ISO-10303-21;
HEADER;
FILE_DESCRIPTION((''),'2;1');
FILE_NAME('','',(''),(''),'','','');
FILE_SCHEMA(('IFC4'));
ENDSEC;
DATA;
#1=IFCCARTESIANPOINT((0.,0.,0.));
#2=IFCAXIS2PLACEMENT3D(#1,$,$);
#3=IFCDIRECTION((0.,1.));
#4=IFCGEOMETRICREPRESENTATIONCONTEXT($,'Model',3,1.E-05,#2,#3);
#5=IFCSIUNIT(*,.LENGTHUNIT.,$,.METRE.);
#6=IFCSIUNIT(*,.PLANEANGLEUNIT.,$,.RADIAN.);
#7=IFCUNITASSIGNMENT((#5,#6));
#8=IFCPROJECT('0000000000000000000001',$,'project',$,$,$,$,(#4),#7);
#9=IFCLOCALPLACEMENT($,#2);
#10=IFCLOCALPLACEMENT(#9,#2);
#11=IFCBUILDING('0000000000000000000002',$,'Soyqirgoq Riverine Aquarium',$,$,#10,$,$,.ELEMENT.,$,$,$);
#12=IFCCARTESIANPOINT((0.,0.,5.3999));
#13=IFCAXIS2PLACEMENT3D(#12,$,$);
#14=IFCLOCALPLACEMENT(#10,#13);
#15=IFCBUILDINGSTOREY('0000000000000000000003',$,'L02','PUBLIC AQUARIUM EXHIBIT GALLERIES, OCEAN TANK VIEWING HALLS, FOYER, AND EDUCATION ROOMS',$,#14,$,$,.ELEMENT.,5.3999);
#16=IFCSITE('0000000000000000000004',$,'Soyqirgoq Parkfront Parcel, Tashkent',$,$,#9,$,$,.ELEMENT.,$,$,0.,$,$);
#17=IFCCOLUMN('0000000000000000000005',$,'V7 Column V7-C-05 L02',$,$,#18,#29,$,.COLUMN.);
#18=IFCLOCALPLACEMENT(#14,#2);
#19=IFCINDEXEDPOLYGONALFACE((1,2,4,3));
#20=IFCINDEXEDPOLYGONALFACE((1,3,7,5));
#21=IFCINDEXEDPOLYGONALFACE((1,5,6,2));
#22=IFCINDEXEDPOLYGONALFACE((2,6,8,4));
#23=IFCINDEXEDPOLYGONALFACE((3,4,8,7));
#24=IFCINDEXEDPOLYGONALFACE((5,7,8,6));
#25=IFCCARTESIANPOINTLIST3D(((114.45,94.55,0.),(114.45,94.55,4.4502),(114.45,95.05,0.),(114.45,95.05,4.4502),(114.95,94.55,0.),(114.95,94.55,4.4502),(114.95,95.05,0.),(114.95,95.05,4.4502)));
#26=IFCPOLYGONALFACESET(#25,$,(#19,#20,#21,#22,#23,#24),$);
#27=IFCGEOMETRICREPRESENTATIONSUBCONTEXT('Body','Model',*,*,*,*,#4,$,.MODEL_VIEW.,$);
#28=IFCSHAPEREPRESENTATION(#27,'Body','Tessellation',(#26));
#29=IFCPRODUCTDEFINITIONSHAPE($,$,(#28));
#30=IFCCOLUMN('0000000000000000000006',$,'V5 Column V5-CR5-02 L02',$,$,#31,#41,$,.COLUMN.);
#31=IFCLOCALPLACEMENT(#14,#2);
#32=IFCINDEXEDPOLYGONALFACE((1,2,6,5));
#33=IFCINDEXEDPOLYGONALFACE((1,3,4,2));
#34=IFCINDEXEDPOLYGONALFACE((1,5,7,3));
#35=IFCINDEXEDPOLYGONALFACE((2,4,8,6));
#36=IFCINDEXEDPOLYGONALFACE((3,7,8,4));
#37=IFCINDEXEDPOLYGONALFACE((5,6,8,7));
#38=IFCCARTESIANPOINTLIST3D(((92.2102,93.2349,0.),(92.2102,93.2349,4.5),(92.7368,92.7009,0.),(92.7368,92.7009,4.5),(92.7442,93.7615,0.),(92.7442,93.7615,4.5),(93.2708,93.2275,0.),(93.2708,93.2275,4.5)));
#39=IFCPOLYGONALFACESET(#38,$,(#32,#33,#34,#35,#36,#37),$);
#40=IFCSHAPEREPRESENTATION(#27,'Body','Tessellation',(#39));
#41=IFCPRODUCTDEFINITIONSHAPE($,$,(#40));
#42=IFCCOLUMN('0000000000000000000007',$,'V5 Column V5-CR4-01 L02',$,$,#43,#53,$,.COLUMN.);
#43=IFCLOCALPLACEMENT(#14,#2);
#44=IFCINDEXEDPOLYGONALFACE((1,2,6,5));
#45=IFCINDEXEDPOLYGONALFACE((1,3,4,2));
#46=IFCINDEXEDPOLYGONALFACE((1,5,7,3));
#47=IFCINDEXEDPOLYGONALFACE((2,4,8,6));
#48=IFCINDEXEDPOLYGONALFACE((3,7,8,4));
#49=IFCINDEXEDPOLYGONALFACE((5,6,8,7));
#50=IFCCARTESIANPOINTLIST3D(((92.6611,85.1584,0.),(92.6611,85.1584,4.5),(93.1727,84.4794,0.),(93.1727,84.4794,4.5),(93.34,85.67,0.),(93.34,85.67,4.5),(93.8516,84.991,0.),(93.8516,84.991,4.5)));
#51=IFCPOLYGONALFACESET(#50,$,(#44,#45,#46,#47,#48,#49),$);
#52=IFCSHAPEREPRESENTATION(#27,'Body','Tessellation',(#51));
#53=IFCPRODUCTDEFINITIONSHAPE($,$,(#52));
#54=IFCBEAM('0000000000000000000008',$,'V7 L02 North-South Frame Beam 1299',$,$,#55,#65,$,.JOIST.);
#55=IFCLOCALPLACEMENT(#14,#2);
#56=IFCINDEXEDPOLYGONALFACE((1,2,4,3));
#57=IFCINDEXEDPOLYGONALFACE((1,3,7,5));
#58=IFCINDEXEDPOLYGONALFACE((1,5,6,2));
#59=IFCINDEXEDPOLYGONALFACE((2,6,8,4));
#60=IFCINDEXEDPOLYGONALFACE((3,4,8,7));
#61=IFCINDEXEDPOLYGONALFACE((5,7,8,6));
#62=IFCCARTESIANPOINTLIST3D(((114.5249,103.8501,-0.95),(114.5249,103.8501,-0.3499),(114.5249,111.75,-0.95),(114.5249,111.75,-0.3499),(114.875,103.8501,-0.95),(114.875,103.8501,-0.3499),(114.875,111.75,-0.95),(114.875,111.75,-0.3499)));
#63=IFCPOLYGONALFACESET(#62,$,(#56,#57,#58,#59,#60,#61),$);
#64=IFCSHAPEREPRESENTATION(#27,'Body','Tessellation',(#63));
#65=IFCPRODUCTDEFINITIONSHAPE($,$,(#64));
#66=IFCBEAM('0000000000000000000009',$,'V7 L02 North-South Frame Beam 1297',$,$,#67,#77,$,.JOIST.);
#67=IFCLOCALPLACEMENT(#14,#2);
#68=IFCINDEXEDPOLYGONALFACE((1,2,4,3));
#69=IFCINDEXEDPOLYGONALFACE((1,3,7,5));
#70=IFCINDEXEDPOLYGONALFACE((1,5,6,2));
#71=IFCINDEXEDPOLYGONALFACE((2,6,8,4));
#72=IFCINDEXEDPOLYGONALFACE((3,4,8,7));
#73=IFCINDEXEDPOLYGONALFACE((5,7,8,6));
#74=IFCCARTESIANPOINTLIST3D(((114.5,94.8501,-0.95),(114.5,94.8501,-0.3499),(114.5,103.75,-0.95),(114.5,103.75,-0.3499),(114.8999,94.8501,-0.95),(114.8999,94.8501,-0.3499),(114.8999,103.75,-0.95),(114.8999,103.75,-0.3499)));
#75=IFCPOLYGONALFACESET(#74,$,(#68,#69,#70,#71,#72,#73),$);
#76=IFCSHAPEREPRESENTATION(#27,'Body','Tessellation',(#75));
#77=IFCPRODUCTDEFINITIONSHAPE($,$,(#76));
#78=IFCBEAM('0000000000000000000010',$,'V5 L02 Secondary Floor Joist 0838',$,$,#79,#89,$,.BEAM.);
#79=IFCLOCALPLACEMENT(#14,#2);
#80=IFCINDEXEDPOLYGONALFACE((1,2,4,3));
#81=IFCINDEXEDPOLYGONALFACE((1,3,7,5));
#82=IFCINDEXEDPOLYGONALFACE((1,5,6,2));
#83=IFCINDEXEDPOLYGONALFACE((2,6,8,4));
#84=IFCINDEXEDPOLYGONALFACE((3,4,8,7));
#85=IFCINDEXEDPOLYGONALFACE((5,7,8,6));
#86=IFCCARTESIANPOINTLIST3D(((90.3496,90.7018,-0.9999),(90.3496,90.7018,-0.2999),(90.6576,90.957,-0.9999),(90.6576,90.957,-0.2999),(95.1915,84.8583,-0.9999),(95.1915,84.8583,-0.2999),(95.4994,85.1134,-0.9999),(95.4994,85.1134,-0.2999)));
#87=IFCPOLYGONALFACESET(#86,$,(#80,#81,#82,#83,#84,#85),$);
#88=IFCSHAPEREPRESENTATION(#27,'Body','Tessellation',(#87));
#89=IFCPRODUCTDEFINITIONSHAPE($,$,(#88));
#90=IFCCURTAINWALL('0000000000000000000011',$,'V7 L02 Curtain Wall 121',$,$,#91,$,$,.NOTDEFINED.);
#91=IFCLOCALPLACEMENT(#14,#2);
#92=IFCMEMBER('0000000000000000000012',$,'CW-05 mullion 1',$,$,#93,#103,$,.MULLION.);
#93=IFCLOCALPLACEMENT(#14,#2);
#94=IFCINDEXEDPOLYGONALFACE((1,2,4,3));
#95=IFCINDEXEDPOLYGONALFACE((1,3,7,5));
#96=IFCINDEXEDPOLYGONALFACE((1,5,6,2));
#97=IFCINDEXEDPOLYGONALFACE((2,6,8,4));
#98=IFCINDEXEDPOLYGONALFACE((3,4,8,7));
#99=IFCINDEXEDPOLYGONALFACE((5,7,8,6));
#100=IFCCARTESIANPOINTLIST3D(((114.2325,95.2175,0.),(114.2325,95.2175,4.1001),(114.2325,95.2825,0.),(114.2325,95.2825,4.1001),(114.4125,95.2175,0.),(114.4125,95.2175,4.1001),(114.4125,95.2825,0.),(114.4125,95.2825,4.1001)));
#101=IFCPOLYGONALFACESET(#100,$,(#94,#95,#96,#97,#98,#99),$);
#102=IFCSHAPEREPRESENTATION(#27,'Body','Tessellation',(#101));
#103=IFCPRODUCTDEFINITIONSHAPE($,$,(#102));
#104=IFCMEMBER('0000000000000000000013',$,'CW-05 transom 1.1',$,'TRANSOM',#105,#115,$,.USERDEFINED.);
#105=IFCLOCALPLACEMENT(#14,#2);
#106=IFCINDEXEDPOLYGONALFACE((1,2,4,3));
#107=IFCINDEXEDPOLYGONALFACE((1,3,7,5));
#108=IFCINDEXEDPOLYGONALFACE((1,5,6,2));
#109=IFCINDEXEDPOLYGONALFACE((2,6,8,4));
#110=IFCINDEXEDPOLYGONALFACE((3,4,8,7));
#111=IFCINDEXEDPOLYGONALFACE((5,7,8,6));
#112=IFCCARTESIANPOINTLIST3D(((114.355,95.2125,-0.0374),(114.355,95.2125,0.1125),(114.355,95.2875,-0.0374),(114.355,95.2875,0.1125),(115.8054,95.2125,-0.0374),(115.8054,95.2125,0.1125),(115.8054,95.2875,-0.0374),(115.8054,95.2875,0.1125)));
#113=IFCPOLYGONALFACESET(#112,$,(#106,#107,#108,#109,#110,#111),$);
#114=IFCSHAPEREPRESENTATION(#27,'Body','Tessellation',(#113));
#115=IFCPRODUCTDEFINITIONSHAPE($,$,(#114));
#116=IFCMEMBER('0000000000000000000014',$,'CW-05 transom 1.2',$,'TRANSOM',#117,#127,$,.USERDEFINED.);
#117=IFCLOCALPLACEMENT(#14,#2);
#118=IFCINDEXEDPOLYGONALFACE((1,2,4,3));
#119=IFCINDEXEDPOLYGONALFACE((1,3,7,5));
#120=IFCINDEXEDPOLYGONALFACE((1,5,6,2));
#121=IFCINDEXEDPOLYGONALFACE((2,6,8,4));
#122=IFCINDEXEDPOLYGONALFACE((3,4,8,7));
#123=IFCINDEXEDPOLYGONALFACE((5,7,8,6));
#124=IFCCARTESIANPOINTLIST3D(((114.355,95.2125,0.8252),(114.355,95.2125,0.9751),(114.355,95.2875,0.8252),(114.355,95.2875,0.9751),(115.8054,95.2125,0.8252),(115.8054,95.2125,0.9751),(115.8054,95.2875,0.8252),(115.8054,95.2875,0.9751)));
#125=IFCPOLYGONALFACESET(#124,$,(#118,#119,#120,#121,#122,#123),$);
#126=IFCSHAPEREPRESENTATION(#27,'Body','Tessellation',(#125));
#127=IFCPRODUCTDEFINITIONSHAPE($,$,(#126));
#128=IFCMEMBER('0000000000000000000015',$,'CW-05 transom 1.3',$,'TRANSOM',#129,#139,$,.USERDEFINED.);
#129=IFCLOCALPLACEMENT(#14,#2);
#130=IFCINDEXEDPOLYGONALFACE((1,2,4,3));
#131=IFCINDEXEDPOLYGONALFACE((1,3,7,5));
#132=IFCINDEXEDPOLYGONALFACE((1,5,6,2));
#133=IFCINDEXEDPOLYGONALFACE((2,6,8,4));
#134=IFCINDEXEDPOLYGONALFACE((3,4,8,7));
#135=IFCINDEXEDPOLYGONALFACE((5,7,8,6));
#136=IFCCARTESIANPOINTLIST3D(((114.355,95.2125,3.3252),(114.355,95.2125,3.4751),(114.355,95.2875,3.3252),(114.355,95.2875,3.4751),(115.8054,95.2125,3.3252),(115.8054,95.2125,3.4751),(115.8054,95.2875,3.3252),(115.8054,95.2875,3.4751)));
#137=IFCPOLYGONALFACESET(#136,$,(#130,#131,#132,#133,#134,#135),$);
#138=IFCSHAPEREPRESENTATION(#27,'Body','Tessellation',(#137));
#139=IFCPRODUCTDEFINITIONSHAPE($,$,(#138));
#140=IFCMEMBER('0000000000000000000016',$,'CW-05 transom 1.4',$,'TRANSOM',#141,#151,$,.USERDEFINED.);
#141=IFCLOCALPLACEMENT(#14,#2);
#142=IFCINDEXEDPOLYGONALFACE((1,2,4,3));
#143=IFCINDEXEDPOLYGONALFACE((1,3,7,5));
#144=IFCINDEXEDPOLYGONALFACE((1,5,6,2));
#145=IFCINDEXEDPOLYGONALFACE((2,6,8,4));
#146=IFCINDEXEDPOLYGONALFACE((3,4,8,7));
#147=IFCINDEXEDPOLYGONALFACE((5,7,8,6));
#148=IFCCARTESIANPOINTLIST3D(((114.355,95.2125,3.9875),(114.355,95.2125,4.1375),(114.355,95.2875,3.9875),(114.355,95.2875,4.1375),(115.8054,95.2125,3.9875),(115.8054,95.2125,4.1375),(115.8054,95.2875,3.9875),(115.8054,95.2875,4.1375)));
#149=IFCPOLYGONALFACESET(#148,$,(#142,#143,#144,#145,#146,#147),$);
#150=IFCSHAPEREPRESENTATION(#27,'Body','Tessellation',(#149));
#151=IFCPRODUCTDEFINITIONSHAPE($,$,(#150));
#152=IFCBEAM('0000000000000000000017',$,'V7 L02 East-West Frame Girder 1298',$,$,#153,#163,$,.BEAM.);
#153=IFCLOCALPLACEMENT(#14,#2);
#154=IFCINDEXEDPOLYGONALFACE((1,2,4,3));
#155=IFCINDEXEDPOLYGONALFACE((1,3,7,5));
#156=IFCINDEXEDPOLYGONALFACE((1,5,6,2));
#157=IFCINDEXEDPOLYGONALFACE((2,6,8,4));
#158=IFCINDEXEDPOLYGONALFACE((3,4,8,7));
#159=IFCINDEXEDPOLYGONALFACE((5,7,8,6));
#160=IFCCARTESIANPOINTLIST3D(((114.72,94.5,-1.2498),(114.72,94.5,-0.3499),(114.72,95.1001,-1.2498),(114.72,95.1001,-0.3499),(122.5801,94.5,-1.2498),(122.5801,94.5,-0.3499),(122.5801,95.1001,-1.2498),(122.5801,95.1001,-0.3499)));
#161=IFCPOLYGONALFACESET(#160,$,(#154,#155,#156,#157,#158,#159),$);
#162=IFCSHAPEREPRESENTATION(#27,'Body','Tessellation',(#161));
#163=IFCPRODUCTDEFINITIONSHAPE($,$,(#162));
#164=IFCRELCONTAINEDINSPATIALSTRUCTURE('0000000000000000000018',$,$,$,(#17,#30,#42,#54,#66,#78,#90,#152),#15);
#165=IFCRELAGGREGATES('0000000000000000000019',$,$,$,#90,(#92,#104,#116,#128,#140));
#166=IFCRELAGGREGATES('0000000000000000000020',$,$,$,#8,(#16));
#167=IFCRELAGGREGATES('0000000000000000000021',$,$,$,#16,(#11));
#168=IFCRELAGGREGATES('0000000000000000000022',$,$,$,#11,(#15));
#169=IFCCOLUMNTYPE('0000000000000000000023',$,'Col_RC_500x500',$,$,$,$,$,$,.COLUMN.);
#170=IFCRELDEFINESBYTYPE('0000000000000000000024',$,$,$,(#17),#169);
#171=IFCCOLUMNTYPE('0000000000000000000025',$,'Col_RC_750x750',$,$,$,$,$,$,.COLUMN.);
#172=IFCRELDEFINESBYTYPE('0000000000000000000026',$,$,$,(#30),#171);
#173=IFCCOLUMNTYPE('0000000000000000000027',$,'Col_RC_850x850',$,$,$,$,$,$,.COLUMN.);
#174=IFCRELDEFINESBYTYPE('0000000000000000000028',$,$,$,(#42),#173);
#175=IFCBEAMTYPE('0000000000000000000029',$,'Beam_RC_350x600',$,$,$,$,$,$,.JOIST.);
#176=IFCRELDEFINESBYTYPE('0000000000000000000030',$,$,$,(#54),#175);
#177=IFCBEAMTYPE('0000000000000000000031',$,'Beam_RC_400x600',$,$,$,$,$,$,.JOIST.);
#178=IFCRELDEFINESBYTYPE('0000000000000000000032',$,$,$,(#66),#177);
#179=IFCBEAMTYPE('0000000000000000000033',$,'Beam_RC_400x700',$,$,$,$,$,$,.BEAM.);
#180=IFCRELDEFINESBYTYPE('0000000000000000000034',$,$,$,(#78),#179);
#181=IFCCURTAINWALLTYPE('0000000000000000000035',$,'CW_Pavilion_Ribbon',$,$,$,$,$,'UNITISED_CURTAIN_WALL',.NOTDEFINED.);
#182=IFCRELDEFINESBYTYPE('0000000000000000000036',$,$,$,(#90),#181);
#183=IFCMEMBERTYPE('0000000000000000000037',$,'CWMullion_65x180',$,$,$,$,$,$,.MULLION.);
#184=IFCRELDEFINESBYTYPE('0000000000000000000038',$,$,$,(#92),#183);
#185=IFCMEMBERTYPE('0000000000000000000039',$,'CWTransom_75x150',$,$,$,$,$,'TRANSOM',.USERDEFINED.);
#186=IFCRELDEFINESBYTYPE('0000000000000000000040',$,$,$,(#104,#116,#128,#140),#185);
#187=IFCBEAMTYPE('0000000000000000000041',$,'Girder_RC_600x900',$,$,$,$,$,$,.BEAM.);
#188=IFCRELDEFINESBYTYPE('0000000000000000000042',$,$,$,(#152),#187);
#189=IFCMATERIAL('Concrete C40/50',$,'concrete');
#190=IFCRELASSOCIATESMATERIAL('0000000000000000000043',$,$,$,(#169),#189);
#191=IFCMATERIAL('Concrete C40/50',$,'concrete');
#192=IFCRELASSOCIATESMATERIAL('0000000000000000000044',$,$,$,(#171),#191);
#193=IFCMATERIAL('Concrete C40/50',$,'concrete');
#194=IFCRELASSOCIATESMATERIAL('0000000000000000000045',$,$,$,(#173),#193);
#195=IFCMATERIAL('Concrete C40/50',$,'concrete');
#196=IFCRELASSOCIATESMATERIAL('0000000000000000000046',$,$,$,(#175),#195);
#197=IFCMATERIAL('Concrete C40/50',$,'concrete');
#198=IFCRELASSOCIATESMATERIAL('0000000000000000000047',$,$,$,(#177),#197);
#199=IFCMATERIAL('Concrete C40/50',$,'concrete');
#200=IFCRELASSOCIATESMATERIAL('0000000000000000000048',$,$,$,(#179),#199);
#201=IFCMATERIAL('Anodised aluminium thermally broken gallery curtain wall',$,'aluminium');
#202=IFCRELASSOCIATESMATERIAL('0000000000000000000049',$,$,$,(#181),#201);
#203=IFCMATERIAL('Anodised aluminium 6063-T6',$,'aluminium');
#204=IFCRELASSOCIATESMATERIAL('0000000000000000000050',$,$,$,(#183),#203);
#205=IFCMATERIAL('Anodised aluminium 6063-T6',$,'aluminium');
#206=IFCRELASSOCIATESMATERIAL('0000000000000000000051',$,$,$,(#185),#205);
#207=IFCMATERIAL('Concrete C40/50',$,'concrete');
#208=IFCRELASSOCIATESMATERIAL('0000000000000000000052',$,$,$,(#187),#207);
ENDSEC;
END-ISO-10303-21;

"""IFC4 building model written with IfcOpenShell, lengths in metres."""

from ifc_helpers import new_model, si_unit, direction, frame, origin, origin_2d, place, context, subcontext, project, spatial, rectangle, extrude, material, material_profile, profile_set, type_object, element, aggregate, save


model = new_model("IFC4")

# Units and contexts
model_context = context("Model", 3, precision=1e-05, world=origin(), true_north=direction((0.0, 1.0)))
body_context = subcontext(model_context, "Body", "Model", "MODEL_VIEW")
ifc_project = project(units=[si_unit("LENGTHUNIT", "METRE"), si_unit("PLANEANGLEUNIT", "RADIAN")], contexts=[model_context])

# Site, building, storey
site_placement = place(None, origin())
site = spatial("IfcSite", under=ifc_project, at=site_placement, Name="Soyqirgoq Parkfront Parcel, Tashkent", CompositionType="ELEMENT", RefElevation=0.0)
building_placement = place(site_placement, origin())
building = spatial("IfcBuilding", under=site, at=building_placement, Name="Soyqirgoq Riverine Aquarium", CompositionType="ELEMENT")
storey_placement = place(building_placement, frame((0.0, 0.0, 5.3999)))
storey = spatial("IfcBuildingStorey", under=building, at=storey_placement, Name="L02", Description="PUBLIC AQUARIUM EXHIBIT GALLERIES, OCEAN TANK VIEWING HALLS, FOYER, AND EDUCATION ROOMS", CompositionType="ELEMENT", Elevation=5.3999)

# Columns
ifc_material_1 = material(Name="Concrete C40/50", Category="concrete")
ifc_material_profile_1 = material_profile(ifc_material_1, rectangle(XDim=0.5, YDim=0.5, at=origin_2d()), Name="RC 500x500")
ifc_profile_set_1 = profile_set([ifc_material_profile_1], Name="Concrete C40/50")
column_type_1 = type_object("IfcColumnType", Name="Col_RC_500x500", PredefinedType="COLUMN", material=ifc_profile_set_1)
column_1_placement = place(storey_placement, frame((114.7, 94.8, 0.0), z_axis=(0.0, 0.0, 1.0), x_axis=(1.0, 0.0, 0.0)))
element("IfcColumn", 1, at=column_1_placement, inside=storey, type_object=column_type_1, Name="V7 Column V7-C-05 L02", PredefinedType="COLUMN", context=body_context, shape_type="SweptSolid", body=[
    extrude(rectangle(XDim=0.5, YDim=0.5, at=origin_2d()), origin(), (0.0, 0.0, 1.0), 4.4502),
])
ifc_material_2 = material(Name="Concrete C40/50", Category="concrete")
ifc_material_profile_2 = material_profile(ifc_material_2, rectangle(XDim=0.75, YDim=0.75, at=origin_2d()), Name="RC 750x750")
ifc_profile_set_2 = profile_set([ifc_material_profile_2], Name="Concrete C40/50")
column_type_2 = type_object("IfcColumnType", Name="Col_RC_750x750", PredefinedType="COLUMN", material=ifc_profile_set_2)
column_2_placement = place(storey_placement, frame((92.7405, 93.2312, 0.0), z_axis=(0.0, 0.0, 1.0), x_axis=(0.712026, 0.702153, 0.0)))
element("IfcColumn", 2, at=column_2_placement, inside=storey, type_object=column_type_2, Name="V5 Column V5-CR5-02 L02", PredefinedType="COLUMN", context=body_context, shape_type="SweptSolid", body=[
    extrude(rectangle(XDim=0.75, YDim=0.75, at=origin_2d()), origin(), (0.0, 0.0, 1.0), 4.5),
])
ifc_material_3 = material(Name="Concrete C40/50", Category="concrete")
ifc_material_profile_3 = material_profile(ifc_material_3, rectangle(XDim=0.8501, YDim=0.8501, at=origin_2d()), Name="RC 850x850")
ifc_profile_set_3 = profile_set([ifc_material_profile_3], Name="Concrete C40/50")
column_type_3 = type_object("IfcColumnType", Name="Col_RC_850x850", PredefinedType="COLUMN", material=ifc_profile_set_3)
column_3_placement = place(storey_placement, frame((93.2563, 85.0747, 0.0), z_axis=(0.0, 0.0, 1.0), x_axis=(0.798636, 0.601815, 0.0)))
element("IfcColumn", 3, at=column_3_placement, inside=storey, type_object=column_type_3, Name="V5 Column V5-CR4-01 L02", PredefinedType="COLUMN", context=body_context, shape_type="SweptSolid", body=[
    extrude(rectangle(XDim=0.8501, YDim=0.8501, at=origin_2d()), origin(), (0.0, 0.0, 1.0), 4.5),
])

# Beams
ifc_material_4 = material(Name="Concrete C40/50", Category="concrete")
ifc_material_profile_4 = material_profile(ifc_material_4, rectangle(XDim=0.3501, YDim=0.6001, at=origin_2d()), Name="RC 350x600")
ifc_profile_set_4 = profile_set([ifc_material_profile_4], Name="Concrete C40/50")
beam_type_1 = type_object("IfcBeamType", Name="Beam_RC_350x600", PredefinedType="JOIST", material=ifc_profile_set_4)
beam_1_placement = place(storey_placement, frame((114.7, 103.8501, -0.6499), z_axis=(0.0, 1.0, 0.0), x_axis=(-1.0, 0.0, 0.0)))
element("IfcBeam", 4, at=beam_1_placement, inside=storey, type_object=beam_type_1, Name="V7 L02 North-South Frame Beam 1299", PredefinedType="JOIST", context=body_context, shape_type="SweptSolid", body=[
    extrude(rectangle(XDim=0.3501, YDim=0.6001, at=origin_2d()), origin(), (0.0, 0.0, 1.0), 7.8999),
])
ifc_material_5 = material(Name="Concrete C40/50", Category="concrete")
ifc_material_profile_5 = material_profile(ifc_material_5, rectangle(XDim=0.3999, YDim=0.6001, at=origin_2d()), Name="RC 400x600")
ifc_profile_set_5 = profile_set([ifc_material_profile_5], Name="Concrete C40/50")
beam_type_2 = type_object("IfcBeamType", Name="Beam_RC_400x600", PredefinedType="JOIST", material=ifc_profile_set_5)
beam_2_placement = place(storey_placement, frame((114.7, 94.8501, -0.6499), z_axis=(0.0, 1.0, 0.0), x_axis=(-1.0, 0.0, 0.0)))
element("IfcBeam", 5, at=beam_2_placement, inside=storey, type_object=beam_type_2, Name="V7 L02 North-South Frame Beam 1297", PredefinedType="JOIST", context=body_context, shape_type="SweptSolid", body=[
    extrude(rectangle(XDim=0.3999, YDim=0.6001, at=origin_2d()), origin(), (0.0, 0.0, 1.0), 8.8999),
])
ifc_material_6 = material(Name="Concrete C40/50", Category="concrete")
ifc_material_profile_6 = material_profile(ifc_material_6, rectangle(XDim=0.3999, YDim=0.7, at=origin_2d()), Name="RC 400x700")
ifc_profile_set_6 = profile_set([ifc_material_profile_6], Name="Concrete C40/50")
beam_type_3 = type_object("IfcBeamType", Name="Beam_RC_400x700", PredefinedType="BEAM", material=ifc_profile_set_6)
beam_3_placement = place(storey_placement, frame((95.3455, 84.9858, -0.6499), z_axis=(-0.638021, 0.770019, 0.0), x_axis=(-0.770019, -0.638021, 0.0)))
element("IfcBeam", 6, at=beam_3_placement, inside=storey, type_object=beam_type_3, Name="V5 L02 Secondary Floor Joist 0838", PredefinedType="BEAM", context=body_context, shape_type="SweptSolid", body=[
    extrude(rectangle(XDim=0.3999, YDim=0.7, at=origin_2d()), origin(), (0.0, 0.0, 1.0), 7.5889),
])

# Curtain wall, members
ifc_material_7 = material(Name="Anodised aluminium thermally broken gallery curtain wall", Category="aluminium")
curtain_wall_type = type_object("IfcCurtainWallType", Name="CW_Pavilion_Ribbon", ElementType="UNITISED_CURTAIN_WALL", PredefinedType="NOTDEFINED", material=ifc_material_7)
curtain_wall_placement = place(storey_placement, origin())
curtain_wall = element("IfcCurtainWall", 7, at=curtain_wall_placement, inside=storey, type_object=curtain_wall_type, Name="V7 L02 Curtain Wall 121", PredefinedType="NOTDEFINED")
ifc_material_8 = material(Name="Anodised aluminium 6063-T6", Category="aluminium")
ifc_material_profile_7 = material_profile(ifc_material_8, rectangle(XDim=0.0649, YDim=0.1799, at=origin_2d()), Name="ALU-M 65x180")
ifc_profile_set_7 = profile_set([ifc_material_profile_7], Name="Anodised aluminium 6063-T6")
member_type_1 = type_object("IfcMemberType", Name="CWMullion_65x180", PredefinedType="MULLION", material=ifc_profile_set_7)
member_1_placement = place(storey_placement, frame((114.3225, 95.25, 0.0), z_axis=(0.0, 0.0, 1.0), x_axis=(0.0, 1.0, 0.0)))
member_1 = element("IfcMember", 8, at=member_1_placement, type_object=member_type_1, Name="CW-05 mullion 1", PredefinedType="MULLION", context=body_context, shape_type="SweptSolid", body=[
    extrude(rectangle(XDim=0.0649, YDim=0.1799, at=origin_2d()), origin(), (0.0, 0.0, 1.0), 4.1001),
])
ifc_material_9 = material(Name="Anodised aluminium 6063-T6", Category="aluminium")
ifc_material_profile_8 = material_profile(ifc_material_9, rectangle(XDim=0.075, YDim=0.1499, at=origin_2d()), Name="ALU-T 75x150")
ifc_profile_set_8 = profile_set([ifc_material_profile_8], Name="Anodised aluminium 6063-T6")
member_type_2 = type_object("IfcMemberType", Name="CWTransom_75x150", ElementType="TRANSOM", PredefinedType="USERDEFINED", material=ifc_profile_set_8)
member_2_placement = place(storey_placement, frame((114.355, 95.25, 0.0376), z_axis=(1.0, 0.0, 0.0), x_axis=(0.0, 1.0, 0.0)))
member_2 = element("IfcMember", 9, at=member_2_placement, type_object=member_type_2, Name="CW-05 transom 1.1", ObjectType="TRANSOM", PredefinedType="USERDEFINED", context=body_context, shape_type="SweptSolid", body=[
    extrude(rectangle(XDim=0.075, YDim=0.1499, at=origin_2d()), origin(), (0.0, 0.0, 1.0), 1.4504),
])
member_3_placement = place(storey_placement, frame((114.355, 95.25, 0.9001), z_axis=(1.0, 0.0, 0.0), x_axis=(0.0, 1.0, 0.0)))
member_3 = element("IfcMember", 10, at=member_3_placement, type_object=member_type_2, Name="CW-05 transom 1.2", ObjectType="TRANSOM", PredefinedType="USERDEFINED", context=body_context, shape_type="SweptSolid", body=[
    extrude(rectangle(XDim=0.075, YDim=0.1499, at=origin_2d()), origin(), (0.0, 0.0, 1.0), 1.4504),
])
member_4_placement = place(storey_placement, frame((114.355, 95.25, 3.4001), z_axis=(1.0, 0.0, 0.0), x_axis=(0.0, 1.0, 0.0)))
member_4 = element("IfcMember", 11, at=member_4_placement, type_object=member_type_2, Name="CW-05 transom 1.3", ObjectType="TRANSOM", PredefinedType="USERDEFINED", context=body_context, shape_type="SweptSolid", body=[
    extrude(rectangle(XDim=0.075, YDim=0.1499, at=origin_2d()), origin(), (0.0, 0.0, 1.0), 1.4504),
])
member_5_placement = place(storey_placement, frame((114.355, 95.25, 4.0625), z_axis=(1.0, 0.0, 0.0), x_axis=(0.0, 1.0, 0.0)))
member_5 = element("IfcMember", 12, at=member_5_placement, type_object=member_type_2, Name="CW-05 transom 1.4", ObjectType="TRANSOM", PredefinedType="USERDEFINED", context=body_context, shape_type="SweptSolid", body=[
    extrude(rectangle(XDim=0.075, YDim=0.1499, at=origin_2d()), origin(), (0.0, 0.0, 1.0), 1.4504),
])
aggregate(curtain_wall, [member_1, member_2, member_3, member_4, member_5])

# Beam
ifc_material_10 = material(Name="Concrete C40/50", Category="concrete")
ifc_material_profile_9 = material_profile(ifc_material_10, rectangle(XDim=0.6001, YDim=0.8999, at=origin_2d()), Name="RC 600x900")
ifc_profile_set_9 = profile_set([ifc_material_profile_9], Name="Concrete C40/50")
beam_type_4 = type_object("IfcBeamType", Name="Girder_RC_600x900", PredefinedType="BEAM", material=ifc_profile_set_9)
beam_4_placement = place(storey_placement, frame((114.72, 94.8, -0.7998), z_axis=(1.0, 0.0, 0.0), x_axis=(0.0, 1.0, 0.0)))
element("IfcBeam", 13, at=beam_4_placement, inside=storey, type_object=beam_type_4, Name="V7 L02 East-West Frame Girder 1298", PredefinedType="BEAM", context=body_context, shape_type="SweptSolid", body=[
    extrude(rectangle(XDim=0.6001, YDim=0.8999, at=origin_2d()), origin(), (0.0, 0.0, 1.0), 7.8601),
])

save(model, "model.ifc")
